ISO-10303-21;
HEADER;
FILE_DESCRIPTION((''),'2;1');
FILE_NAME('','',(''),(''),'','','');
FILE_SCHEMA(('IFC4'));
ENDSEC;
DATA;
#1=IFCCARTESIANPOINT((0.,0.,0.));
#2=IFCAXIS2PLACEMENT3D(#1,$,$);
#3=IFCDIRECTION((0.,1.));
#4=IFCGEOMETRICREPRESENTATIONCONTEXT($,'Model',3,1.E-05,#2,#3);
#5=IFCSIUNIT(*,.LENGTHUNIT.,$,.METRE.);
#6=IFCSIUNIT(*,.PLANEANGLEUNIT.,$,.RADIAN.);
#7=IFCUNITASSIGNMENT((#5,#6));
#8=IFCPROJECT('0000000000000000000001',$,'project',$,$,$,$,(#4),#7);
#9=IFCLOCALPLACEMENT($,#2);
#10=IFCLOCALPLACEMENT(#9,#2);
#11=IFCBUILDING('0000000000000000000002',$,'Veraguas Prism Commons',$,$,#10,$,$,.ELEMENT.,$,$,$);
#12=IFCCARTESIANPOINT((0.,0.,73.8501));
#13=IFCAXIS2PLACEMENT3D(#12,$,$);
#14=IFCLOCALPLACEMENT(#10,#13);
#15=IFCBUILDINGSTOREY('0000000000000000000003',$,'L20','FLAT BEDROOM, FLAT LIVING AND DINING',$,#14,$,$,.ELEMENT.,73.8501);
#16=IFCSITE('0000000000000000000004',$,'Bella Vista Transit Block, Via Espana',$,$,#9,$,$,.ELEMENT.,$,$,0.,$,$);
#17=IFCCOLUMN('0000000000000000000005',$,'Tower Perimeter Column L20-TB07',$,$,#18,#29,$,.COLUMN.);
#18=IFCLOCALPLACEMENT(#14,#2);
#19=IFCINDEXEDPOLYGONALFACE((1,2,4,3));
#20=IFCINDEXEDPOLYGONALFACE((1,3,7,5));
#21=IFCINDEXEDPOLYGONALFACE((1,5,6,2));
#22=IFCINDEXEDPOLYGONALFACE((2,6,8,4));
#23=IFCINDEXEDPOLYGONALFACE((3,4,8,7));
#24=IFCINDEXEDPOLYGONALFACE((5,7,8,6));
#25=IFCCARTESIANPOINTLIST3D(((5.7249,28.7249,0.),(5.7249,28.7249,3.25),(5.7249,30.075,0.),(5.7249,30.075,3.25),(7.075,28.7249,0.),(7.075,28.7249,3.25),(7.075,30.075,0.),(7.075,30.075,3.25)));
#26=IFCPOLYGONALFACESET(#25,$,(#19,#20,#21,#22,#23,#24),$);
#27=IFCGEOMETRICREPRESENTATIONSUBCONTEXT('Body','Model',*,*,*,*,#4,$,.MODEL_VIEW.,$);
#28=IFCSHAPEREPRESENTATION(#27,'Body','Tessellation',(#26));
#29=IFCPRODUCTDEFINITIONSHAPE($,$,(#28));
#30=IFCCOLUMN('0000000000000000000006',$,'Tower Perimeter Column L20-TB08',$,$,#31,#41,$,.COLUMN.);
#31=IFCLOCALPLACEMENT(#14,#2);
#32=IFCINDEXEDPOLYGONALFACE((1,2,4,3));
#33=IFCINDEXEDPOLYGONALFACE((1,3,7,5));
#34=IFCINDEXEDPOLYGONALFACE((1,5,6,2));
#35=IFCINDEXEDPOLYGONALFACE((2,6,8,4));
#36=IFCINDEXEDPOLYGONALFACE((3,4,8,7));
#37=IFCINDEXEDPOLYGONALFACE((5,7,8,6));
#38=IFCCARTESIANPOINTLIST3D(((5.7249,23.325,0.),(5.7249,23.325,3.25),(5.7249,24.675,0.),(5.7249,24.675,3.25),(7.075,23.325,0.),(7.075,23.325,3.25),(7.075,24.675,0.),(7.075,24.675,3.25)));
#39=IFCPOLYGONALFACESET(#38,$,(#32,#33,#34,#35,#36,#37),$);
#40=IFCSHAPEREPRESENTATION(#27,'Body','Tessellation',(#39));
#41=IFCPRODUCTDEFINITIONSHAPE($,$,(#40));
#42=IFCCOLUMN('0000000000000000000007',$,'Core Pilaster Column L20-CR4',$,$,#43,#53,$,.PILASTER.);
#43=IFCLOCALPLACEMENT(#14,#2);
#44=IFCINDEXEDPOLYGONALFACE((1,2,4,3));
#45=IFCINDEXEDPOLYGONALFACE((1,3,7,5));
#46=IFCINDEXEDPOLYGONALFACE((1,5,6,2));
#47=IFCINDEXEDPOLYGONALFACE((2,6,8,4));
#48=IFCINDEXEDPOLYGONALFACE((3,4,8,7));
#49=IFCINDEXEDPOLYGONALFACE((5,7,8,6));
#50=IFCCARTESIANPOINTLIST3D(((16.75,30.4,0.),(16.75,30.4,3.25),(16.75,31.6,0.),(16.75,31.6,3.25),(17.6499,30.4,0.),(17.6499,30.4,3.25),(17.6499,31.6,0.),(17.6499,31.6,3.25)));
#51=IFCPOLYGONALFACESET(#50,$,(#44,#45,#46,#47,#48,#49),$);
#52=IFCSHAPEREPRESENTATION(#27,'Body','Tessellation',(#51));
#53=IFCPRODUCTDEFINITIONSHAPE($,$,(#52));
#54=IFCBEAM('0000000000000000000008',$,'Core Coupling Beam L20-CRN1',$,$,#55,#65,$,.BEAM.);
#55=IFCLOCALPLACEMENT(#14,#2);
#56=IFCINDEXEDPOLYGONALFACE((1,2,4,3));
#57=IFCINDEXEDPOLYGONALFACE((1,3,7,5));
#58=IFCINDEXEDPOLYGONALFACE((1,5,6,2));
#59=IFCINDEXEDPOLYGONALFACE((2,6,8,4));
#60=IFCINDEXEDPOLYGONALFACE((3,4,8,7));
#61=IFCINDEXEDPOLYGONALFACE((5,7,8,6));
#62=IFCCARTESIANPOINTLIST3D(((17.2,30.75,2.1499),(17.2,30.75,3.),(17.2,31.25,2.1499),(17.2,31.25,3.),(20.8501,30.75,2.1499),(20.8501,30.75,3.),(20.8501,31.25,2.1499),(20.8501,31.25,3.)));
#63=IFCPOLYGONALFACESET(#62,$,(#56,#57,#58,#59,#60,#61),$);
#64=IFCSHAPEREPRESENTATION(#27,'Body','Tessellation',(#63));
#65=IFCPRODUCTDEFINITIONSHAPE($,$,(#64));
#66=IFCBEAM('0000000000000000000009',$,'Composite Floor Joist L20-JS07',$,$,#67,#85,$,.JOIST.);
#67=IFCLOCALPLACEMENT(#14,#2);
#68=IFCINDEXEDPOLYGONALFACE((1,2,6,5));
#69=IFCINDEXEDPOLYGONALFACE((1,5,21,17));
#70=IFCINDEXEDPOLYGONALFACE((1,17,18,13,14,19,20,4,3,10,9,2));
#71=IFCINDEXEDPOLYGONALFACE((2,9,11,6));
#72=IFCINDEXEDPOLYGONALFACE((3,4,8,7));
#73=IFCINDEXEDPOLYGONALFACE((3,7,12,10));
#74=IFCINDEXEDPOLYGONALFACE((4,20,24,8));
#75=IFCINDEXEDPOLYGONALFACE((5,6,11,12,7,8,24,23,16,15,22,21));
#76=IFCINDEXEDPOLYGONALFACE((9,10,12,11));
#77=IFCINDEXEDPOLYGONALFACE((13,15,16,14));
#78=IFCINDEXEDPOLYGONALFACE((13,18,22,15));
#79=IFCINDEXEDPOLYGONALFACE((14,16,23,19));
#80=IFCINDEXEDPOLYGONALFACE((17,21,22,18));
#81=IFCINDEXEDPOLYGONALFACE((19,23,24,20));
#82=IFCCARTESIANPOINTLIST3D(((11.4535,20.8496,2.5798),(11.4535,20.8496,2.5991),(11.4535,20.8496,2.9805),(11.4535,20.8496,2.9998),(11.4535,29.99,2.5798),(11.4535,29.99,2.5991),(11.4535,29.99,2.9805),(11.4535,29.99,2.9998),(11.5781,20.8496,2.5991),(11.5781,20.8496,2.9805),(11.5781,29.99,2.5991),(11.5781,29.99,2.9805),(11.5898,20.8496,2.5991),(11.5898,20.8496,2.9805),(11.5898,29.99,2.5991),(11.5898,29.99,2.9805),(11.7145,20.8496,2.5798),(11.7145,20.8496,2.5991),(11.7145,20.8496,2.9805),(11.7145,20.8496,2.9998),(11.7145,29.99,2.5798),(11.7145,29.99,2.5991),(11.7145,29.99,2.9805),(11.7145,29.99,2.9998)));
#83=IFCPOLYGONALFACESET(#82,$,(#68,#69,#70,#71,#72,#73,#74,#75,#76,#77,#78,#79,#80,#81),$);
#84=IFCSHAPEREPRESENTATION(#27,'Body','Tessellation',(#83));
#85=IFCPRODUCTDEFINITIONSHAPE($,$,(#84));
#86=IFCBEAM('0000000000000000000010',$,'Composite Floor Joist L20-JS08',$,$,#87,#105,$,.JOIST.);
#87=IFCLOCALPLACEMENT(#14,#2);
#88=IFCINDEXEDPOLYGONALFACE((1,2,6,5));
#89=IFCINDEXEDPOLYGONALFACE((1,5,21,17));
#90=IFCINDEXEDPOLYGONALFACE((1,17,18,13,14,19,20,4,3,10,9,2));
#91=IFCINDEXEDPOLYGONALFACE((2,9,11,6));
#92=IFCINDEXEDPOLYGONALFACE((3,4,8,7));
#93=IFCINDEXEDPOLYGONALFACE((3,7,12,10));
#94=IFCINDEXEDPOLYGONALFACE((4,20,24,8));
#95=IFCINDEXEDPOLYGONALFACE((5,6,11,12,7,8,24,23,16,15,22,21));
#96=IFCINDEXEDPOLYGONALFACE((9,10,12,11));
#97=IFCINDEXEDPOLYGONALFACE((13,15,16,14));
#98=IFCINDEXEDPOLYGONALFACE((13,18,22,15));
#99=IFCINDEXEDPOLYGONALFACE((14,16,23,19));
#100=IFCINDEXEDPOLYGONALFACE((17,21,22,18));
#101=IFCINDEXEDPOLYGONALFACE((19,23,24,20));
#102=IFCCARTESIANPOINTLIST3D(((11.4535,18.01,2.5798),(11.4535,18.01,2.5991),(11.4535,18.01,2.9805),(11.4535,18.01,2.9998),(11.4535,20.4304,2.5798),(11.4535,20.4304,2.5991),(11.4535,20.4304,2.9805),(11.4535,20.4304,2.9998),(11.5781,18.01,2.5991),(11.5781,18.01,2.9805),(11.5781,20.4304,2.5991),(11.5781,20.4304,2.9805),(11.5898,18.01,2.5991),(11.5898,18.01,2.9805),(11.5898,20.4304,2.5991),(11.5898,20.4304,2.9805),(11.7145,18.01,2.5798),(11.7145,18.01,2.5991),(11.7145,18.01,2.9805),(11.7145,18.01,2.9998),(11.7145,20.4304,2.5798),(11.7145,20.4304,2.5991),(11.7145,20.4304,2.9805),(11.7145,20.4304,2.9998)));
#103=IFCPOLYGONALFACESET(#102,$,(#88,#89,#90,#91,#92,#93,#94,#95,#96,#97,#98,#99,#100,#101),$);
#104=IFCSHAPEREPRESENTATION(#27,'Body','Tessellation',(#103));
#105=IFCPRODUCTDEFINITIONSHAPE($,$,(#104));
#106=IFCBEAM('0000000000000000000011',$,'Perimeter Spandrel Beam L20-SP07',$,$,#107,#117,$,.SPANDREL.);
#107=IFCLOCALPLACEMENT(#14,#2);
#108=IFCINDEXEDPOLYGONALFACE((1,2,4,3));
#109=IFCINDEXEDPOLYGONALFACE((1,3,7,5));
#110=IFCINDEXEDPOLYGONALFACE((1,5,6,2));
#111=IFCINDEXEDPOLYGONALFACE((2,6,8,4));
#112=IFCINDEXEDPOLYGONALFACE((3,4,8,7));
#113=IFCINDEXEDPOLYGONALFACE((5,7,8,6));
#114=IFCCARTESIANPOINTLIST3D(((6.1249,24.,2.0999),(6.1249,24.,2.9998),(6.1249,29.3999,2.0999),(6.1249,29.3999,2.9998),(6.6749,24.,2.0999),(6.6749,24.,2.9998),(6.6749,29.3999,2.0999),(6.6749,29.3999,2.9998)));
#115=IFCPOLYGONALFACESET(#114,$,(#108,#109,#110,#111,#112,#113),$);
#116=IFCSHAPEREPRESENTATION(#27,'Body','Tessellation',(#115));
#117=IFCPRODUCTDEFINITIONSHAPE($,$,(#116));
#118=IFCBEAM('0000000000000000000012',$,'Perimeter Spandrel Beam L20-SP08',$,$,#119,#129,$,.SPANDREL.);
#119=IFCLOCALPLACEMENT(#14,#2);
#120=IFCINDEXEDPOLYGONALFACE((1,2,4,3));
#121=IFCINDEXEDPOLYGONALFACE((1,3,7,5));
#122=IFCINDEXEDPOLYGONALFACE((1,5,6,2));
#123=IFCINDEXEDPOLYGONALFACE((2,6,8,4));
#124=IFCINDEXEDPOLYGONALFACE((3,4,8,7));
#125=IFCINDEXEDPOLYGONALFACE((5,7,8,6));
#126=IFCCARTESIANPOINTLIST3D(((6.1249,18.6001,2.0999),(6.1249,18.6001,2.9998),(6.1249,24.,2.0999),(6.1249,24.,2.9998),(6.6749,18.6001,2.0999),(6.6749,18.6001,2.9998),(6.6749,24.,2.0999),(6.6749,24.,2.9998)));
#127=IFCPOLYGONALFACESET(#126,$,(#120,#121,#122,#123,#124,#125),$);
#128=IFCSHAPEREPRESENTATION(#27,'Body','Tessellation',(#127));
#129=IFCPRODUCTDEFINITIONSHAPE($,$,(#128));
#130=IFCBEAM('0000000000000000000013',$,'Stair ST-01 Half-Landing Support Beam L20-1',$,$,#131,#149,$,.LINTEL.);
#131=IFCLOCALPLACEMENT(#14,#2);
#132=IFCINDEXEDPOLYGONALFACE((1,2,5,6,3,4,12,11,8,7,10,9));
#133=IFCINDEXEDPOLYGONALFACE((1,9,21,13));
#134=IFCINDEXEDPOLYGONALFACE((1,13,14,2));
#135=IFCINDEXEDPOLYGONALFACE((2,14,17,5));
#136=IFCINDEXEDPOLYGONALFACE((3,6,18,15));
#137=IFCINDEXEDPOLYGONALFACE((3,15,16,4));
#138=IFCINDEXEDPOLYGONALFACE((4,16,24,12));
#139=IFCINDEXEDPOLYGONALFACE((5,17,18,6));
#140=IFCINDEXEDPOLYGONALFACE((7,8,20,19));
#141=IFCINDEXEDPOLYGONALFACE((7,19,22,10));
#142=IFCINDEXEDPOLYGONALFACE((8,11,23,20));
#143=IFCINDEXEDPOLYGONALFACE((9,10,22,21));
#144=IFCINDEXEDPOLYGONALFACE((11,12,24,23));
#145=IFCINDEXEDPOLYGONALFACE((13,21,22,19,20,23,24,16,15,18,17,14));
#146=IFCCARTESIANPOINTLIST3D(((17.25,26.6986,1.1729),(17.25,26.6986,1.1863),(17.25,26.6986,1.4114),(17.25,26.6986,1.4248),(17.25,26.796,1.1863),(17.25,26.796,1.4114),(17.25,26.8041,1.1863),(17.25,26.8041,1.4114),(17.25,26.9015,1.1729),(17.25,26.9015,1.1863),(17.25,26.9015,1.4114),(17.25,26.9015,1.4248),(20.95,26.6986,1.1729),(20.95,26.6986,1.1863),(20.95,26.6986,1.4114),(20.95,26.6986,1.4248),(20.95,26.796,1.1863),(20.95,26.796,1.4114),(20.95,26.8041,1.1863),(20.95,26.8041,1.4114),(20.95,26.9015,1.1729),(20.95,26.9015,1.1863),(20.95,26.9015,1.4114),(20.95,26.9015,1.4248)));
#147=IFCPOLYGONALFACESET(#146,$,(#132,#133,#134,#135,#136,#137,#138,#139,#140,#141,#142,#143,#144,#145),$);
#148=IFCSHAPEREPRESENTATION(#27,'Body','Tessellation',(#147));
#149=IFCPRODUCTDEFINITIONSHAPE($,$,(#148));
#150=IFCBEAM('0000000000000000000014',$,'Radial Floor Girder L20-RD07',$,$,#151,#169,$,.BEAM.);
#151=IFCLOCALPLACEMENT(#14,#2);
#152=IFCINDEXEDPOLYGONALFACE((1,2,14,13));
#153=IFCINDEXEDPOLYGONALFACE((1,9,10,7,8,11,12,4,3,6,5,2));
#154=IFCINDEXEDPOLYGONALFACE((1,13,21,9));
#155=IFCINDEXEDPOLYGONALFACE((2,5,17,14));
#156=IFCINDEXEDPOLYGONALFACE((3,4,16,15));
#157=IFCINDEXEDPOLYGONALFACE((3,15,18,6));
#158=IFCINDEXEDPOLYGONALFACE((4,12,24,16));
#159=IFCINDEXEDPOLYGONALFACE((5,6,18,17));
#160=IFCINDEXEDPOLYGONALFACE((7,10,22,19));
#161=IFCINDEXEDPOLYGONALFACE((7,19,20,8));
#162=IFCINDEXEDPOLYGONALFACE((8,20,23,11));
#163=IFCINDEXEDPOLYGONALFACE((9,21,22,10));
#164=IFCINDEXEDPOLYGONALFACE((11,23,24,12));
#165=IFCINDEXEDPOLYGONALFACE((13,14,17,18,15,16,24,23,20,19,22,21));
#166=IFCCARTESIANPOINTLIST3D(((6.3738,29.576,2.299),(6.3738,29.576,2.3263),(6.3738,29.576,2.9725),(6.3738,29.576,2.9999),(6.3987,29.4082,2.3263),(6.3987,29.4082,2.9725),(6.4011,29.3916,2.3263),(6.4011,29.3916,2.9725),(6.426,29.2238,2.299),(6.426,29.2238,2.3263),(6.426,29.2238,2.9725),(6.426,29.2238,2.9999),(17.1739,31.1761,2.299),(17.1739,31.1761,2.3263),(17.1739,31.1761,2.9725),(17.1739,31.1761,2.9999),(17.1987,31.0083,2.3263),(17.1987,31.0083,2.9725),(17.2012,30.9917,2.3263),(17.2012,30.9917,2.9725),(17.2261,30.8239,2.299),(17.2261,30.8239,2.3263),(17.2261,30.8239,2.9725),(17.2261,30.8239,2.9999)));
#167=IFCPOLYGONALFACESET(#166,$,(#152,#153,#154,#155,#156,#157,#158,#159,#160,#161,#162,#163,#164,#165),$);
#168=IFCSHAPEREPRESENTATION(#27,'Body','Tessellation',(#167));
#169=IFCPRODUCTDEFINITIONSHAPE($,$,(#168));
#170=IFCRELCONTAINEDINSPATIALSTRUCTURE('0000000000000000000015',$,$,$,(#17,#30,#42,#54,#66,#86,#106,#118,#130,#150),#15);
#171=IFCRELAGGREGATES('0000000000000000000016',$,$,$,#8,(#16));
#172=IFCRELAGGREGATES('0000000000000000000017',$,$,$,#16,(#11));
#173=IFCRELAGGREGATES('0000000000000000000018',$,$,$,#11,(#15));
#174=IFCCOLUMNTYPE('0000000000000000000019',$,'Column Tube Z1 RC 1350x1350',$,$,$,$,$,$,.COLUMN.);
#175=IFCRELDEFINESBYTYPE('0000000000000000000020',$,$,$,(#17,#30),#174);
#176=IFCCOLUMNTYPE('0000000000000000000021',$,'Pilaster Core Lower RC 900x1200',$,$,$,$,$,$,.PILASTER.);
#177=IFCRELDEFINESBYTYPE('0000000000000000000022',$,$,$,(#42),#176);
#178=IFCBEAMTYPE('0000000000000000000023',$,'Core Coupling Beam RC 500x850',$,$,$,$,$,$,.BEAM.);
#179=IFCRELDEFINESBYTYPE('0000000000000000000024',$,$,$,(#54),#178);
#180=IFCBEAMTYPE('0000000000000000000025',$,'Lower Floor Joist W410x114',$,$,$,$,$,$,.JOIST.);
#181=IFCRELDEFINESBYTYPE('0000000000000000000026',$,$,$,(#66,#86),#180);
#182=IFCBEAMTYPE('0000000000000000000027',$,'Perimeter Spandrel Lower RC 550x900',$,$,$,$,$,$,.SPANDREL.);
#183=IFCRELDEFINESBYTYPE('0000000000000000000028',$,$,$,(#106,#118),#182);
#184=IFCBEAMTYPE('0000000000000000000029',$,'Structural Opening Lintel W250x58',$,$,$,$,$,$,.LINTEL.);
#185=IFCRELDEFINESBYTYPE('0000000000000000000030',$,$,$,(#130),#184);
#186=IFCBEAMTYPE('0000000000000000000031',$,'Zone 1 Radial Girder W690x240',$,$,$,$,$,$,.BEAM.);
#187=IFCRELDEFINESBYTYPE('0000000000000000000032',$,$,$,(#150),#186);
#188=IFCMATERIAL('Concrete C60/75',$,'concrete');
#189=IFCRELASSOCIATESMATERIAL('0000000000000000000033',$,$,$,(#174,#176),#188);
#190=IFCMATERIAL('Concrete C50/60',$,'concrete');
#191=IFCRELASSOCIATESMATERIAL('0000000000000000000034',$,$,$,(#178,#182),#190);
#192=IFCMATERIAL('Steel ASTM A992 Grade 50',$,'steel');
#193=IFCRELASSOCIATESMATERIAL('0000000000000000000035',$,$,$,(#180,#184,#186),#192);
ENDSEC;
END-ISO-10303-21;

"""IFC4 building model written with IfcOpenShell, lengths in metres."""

from ifc_helpers import new_model, si_unit, direction, frame, origin, origin_2d, place, context, subcontext, project, spatial, rectangle, i_section, extrude, material, material_profile, profile_set, type_object, element, save


model = new_model("IFC4")

# Units and contexts
model_context = context("Model", 3, precision=1e-05, world=origin(), true_north=direction((0.0, 1.0)))
body_context = subcontext(model_context, "Body", "Model", "MODEL_VIEW")
ifc_project = project(units=[si_unit("LENGTHUNIT", "METRE"), si_unit("PLANEANGLEUNIT", "RADIAN")], contexts=[model_context])

# Site, building, storey
site_placement = place(None, origin())
site = spatial("IfcSite", under=ifc_project, at=site_placement, Name="Bella Vista Transit Block, Via Espana", CompositionType="ELEMENT", RefElevation=0.0)
building_placement = place(site_placement, origin())
building = spatial("IfcBuilding", under=site, at=building_placement, Name="Veraguas Prism Commons", CompositionType="ELEMENT")
storey_placement = place(building_placement, frame((0.0, 0.0, 73.8501)))
storey = spatial("IfcBuildingStorey", under=building, at=storey_placement, Name="L20", Description="FLAT BEDROOM, FLAT LIVING AND DINING", CompositionType="ELEMENT", Elevation=73.8501)

# Columns
ifc_material_1 = material(Name="Concrete C60/75", Category="concrete")
ifc_material_profile_1 = material_profile(ifc_material_1, rectangle(XDim=1.3501, YDim=1.3501, at=origin_2d()), Name="RC1350X1350")
ifc_profile_set_1 = profile_set([ifc_material_profile_1], Name="Concrete C60/75")
column_type_1 = type_object("IfcColumnType", Name="Column Tube Z1 RC 1350x1350", PredefinedType="COLUMN", material=ifc_profile_set_1)
for number, where, z_axis, x_axis, name in (
    (1, (6.3999, 29.3999, 0.0), (0.0, 0.0, 1.0), (1.0, 0.0, 0.0), "Tower Perimeter Column L20-TB07"),
    (2, (6.3999, 24.0, 0.0), (0.0, 0.0, 1.0), (1.0, 0.0, 0.0), "Tower Perimeter Column L20-TB08"),
):
    element("IfcColumn", number, at=place(storey_placement, frame(where, z_axis=z_axis, x_axis=x_axis)), inside=storey, type_object=column_type_1, Name=name, PredefinedType="COLUMN", context=body_context, shape_type="SweptSolid", body=[
        extrude(rectangle(XDim=1.3501, YDim=1.3501, at=origin_2d()), origin(), (0.0, 0.0, 1.0), 3.25),
    ])
ifc_material_profile_2 = material_profile(ifc_material_1, rectangle(XDim=0.8999, YDim=1.2, at=origin_2d()), Name="RC900X1200")
ifc_profile_set_2 = profile_set([ifc_material_profile_2], Name="Concrete C60/75")
column_type_2 = type_object("IfcColumnType", Name="Pilaster Core Lower RC 900x1200", PredefinedType="PILASTER", material=ifc_profile_set_2)
column_placement = place(storey_placement, frame((17.2, 31.0, 0.0), z_axis=(0.0, 0.0, 1.0), x_axis=(1.0, 0.0, 0.0)))
element("IfcColumn", 3, at=column_placement, inside=storey, type_object=column_type_2, Name="Core Pilaster Column L20-CR4", PredefinedType="PILASTER", context=body_context, shape_type="SweptSolid", body=[
    extrude(rectangle(XDim=0.8999, YDim=1.2, at=origin_2d()), origin(), (0.0, 0.0, 1.0), 3.25),
])

# Beams
ifc_material_2 = material(Name="Concrete C50/60", Category="concrete")
ifc_material_profile_3 = material_profile(ifc_material_2, rectangle(XDim=0.5, YDim=0.8501, at=origin_2d()), Name="RC500X850")
ifc_profile_set_3 = profile_set([ifc_material_profile_3], Name="Concrete C50/60")
beam_type_1 = type_object("IfcBeamType", Name="Core Coupling Beam RC 500x850", PredefinedType="BEAM", material=ifc_profile_set_3)
beam_1_placement = place(storey_placement, frame((17.2, 31.0, 2.575), z_axis=(1.0, 0.0, 0.0), x_axis=(0.0, 1.0, 0.0)))
element("IfcBeam", 4, at=beam_1_placement, inside=storey, type_object=beam_type_1, Name="Core Coupling Beam L20-CRN1", PredefinedType="BEAM", context=body_context, shape_type="SweptSolid", body=[
    extrude(rectangle(XDim=0.5, YDim=0.8501, at=origin_2d()), origin(), (0.0, 0.0, 1.0), 3.6501),
])
ifc_material_3 = material(Name="Steel ASTM A992 Grade 50", Category="steel")
ifc_material_profile_4 = material_profile(ifc_material_3, i_section(OverallWidth=0.261, OverallDepth=0.4199, WebThickness=0.0117, FlangeThickness=0.0193, at=origin_2d()), Name="W410X114")
ifc_profile_set_4 = profile_set([ifc_material_profile_4], Name="Steel ASTM A992 Grade 50")
beam_type_2 = type_object("IfcBeamType", Name="Lower Floor Joist W410x114", PredefinedType="JOIST", material=ifc_profile_set_4)
beam_2_placement = place(storey_placement, frame((11.584, 29.99, 2.7898), z_axis=(0.0, -1.0, 0.0), x_axis=(1.0, 0.0, 0.0)))
element("IfcBeam", 5, at=beam_2_placement, inside=storey, type_object=beam_type_2, Name="Composite Floor Joist L20-JS07", PredefinedType="JOIST", context=body_context, shape_type="SweptSolid", body=[
    extrude(i_section(OverallWidth=0.261, OverallDepth=0.4199, WebThickness=0.0117, FlangeThickness=0.0193, at=origin_2d()), origin(), (0.0, 0.0, 1.0), 9.1404),
])
beam_3_placement = place(storey_placement, frame((11.584, 20.4304, 2.7898), z_axis=(0.0, -1.0, 0.0), x_axis=(1.0, 0.0, 0.0)))
element("IfcBeam", 6, at=beam_3_placement, inside=storey, type_object=beam_type_2, Name="Composite Floor Joist L20-JS08", PredefinedType="JOIST", context=body_context, shape_type="SweptSolid", body=[
    extrude(i_section(OverallWidth=0.261, OverallDepth=0.4199, WebThickness=0.0117, FlangeThickness=0.0193, at=origin_2d()), origin(), (0.0, 0.0, 1.0), 2.4204),
])
ifc_material_profile_5 = material_profile(ifc_material_2, rectangle(XDim=0.55, YDim=0.8999, at=origin_2d()), Name="RC550X900")
ifc_profile_set_5 = profile_set([ifc_material_profile_5], Name="Concrete C50/60")
beam_type_3 = type_object("IfcBeamType", Name="Perimeter Spandrel Lower RC 550x900", PredefinedType="SPANDREL", material=ifc_profile_set_5)
for number, where, z_axis, x_axis, name in (
    (7, (6.3999, 29.3999, 2.5498), (0.0, -1.0, 0.0), (1.0, 0.0, 0.0), "Perimeter Spandrel Beam L20-SP07"),
    (8, (6.3999, 24.0, 2.5498), (0.0, -1.0, 0.0), (1.0, 0.0, 0.0), "Perimeter Spandrel Beam L20-SP08"),
):
    element("IfcBeam", number, at=place(storey_placement, frame(where, z_axis=z_axis, x_axis=x_axis)), inside=storey, type_object=beam_type_3, Name=name, PredefinedType="SPANDREL", context=body_context, shape_type="SweptSolid", body=[
        extrude(rectangle(XDim=0.55, YDim=0.8999, at=origin_2d()), origin(), (0.0, 0.0, 1.0), 5.3999),
    ])
ifc_material_profile_6 = material_profile(ifc_material_3, i_section(OverallWidth=0.2029, OverallDepth=0.252, WebThickness=0.0081, FlangeThickness=0.0134, at=origin_2d()), Name="W250X58")
ifc_profile_set_6 = profile_set([ifc_material_profile_6], Name="Steel ASTM A992 Grade 50")
beam_type_4 = type_object("IfcBeamType", Name="Structural Opening Lintel W250x58", PredefinedType="LINTEL", material=ifc_profile_set_6)
beam_4_placement = place(storey_placement, frame((17.25, 26.8, 1.2988), z_axis=(1.0, 0.0, 0.0), x_axis=(0.0, 1.0, 0.0)))
element("IfcBeam", 9, at=beam_4_placement, inside=storey, type_object=beam_type_4, Name="Stair ST-01 Half-Landing Support Beam L20-1", PredefinedType="LINTEL", context=body_context, shape_type="SweptSolid", body=[
    extrude(i_section(OverallWidth=0.2029, OverallDepth=0.252, WebThickness=0.0081, FlangeThickness=0.0134, at=origin_2d()), origin(), (0.0, 0.0, 1.0), 3.7),
])
ifc_material_profile_7 = material_profile(ifc_material_3, i_section(OverallWidth=0.356, OverallDepth=0.7009, WebThickness=0.0168, FlangeThickness=0.0273, at=origin_2d()), Name="W690X240")
ifc_profile_set_7 = profile_set([ifc_material_profile_7], Name="Steel ASTM A992 Grade 50")
beam_type_5 = type_object("IfcBeamType", Name="Zone 1 Radial Girder W690x240", PredefinedType="BEAM", material=ifc_profile_set_7)
beam_5_placement = place(storey_placement, frame((6.3999, 29.3999, 2.6494), z_axis=(0.989202, 0.146557, 0.0), x_axis=(-0.146557, 0.989202, 0.0)))
element("IfcBeam", 10, at=beam_5_placement, inside=storey, type_object=beam_type_5, Name="Radial Floor Girder L20-RD07", PredefinedType="BEAM", context=body_context, shape_type="SweptSolid", body=[
    extrude(i_section(OverallWidth=0.356, OverallDepth=0.7009, WebThickness=0.0168, FlangeThickness=0.0273, at=origin_2d()), origin(), (0.0, 0.0, 1.0), 10.918),
])

save(model, "model.ifc")
